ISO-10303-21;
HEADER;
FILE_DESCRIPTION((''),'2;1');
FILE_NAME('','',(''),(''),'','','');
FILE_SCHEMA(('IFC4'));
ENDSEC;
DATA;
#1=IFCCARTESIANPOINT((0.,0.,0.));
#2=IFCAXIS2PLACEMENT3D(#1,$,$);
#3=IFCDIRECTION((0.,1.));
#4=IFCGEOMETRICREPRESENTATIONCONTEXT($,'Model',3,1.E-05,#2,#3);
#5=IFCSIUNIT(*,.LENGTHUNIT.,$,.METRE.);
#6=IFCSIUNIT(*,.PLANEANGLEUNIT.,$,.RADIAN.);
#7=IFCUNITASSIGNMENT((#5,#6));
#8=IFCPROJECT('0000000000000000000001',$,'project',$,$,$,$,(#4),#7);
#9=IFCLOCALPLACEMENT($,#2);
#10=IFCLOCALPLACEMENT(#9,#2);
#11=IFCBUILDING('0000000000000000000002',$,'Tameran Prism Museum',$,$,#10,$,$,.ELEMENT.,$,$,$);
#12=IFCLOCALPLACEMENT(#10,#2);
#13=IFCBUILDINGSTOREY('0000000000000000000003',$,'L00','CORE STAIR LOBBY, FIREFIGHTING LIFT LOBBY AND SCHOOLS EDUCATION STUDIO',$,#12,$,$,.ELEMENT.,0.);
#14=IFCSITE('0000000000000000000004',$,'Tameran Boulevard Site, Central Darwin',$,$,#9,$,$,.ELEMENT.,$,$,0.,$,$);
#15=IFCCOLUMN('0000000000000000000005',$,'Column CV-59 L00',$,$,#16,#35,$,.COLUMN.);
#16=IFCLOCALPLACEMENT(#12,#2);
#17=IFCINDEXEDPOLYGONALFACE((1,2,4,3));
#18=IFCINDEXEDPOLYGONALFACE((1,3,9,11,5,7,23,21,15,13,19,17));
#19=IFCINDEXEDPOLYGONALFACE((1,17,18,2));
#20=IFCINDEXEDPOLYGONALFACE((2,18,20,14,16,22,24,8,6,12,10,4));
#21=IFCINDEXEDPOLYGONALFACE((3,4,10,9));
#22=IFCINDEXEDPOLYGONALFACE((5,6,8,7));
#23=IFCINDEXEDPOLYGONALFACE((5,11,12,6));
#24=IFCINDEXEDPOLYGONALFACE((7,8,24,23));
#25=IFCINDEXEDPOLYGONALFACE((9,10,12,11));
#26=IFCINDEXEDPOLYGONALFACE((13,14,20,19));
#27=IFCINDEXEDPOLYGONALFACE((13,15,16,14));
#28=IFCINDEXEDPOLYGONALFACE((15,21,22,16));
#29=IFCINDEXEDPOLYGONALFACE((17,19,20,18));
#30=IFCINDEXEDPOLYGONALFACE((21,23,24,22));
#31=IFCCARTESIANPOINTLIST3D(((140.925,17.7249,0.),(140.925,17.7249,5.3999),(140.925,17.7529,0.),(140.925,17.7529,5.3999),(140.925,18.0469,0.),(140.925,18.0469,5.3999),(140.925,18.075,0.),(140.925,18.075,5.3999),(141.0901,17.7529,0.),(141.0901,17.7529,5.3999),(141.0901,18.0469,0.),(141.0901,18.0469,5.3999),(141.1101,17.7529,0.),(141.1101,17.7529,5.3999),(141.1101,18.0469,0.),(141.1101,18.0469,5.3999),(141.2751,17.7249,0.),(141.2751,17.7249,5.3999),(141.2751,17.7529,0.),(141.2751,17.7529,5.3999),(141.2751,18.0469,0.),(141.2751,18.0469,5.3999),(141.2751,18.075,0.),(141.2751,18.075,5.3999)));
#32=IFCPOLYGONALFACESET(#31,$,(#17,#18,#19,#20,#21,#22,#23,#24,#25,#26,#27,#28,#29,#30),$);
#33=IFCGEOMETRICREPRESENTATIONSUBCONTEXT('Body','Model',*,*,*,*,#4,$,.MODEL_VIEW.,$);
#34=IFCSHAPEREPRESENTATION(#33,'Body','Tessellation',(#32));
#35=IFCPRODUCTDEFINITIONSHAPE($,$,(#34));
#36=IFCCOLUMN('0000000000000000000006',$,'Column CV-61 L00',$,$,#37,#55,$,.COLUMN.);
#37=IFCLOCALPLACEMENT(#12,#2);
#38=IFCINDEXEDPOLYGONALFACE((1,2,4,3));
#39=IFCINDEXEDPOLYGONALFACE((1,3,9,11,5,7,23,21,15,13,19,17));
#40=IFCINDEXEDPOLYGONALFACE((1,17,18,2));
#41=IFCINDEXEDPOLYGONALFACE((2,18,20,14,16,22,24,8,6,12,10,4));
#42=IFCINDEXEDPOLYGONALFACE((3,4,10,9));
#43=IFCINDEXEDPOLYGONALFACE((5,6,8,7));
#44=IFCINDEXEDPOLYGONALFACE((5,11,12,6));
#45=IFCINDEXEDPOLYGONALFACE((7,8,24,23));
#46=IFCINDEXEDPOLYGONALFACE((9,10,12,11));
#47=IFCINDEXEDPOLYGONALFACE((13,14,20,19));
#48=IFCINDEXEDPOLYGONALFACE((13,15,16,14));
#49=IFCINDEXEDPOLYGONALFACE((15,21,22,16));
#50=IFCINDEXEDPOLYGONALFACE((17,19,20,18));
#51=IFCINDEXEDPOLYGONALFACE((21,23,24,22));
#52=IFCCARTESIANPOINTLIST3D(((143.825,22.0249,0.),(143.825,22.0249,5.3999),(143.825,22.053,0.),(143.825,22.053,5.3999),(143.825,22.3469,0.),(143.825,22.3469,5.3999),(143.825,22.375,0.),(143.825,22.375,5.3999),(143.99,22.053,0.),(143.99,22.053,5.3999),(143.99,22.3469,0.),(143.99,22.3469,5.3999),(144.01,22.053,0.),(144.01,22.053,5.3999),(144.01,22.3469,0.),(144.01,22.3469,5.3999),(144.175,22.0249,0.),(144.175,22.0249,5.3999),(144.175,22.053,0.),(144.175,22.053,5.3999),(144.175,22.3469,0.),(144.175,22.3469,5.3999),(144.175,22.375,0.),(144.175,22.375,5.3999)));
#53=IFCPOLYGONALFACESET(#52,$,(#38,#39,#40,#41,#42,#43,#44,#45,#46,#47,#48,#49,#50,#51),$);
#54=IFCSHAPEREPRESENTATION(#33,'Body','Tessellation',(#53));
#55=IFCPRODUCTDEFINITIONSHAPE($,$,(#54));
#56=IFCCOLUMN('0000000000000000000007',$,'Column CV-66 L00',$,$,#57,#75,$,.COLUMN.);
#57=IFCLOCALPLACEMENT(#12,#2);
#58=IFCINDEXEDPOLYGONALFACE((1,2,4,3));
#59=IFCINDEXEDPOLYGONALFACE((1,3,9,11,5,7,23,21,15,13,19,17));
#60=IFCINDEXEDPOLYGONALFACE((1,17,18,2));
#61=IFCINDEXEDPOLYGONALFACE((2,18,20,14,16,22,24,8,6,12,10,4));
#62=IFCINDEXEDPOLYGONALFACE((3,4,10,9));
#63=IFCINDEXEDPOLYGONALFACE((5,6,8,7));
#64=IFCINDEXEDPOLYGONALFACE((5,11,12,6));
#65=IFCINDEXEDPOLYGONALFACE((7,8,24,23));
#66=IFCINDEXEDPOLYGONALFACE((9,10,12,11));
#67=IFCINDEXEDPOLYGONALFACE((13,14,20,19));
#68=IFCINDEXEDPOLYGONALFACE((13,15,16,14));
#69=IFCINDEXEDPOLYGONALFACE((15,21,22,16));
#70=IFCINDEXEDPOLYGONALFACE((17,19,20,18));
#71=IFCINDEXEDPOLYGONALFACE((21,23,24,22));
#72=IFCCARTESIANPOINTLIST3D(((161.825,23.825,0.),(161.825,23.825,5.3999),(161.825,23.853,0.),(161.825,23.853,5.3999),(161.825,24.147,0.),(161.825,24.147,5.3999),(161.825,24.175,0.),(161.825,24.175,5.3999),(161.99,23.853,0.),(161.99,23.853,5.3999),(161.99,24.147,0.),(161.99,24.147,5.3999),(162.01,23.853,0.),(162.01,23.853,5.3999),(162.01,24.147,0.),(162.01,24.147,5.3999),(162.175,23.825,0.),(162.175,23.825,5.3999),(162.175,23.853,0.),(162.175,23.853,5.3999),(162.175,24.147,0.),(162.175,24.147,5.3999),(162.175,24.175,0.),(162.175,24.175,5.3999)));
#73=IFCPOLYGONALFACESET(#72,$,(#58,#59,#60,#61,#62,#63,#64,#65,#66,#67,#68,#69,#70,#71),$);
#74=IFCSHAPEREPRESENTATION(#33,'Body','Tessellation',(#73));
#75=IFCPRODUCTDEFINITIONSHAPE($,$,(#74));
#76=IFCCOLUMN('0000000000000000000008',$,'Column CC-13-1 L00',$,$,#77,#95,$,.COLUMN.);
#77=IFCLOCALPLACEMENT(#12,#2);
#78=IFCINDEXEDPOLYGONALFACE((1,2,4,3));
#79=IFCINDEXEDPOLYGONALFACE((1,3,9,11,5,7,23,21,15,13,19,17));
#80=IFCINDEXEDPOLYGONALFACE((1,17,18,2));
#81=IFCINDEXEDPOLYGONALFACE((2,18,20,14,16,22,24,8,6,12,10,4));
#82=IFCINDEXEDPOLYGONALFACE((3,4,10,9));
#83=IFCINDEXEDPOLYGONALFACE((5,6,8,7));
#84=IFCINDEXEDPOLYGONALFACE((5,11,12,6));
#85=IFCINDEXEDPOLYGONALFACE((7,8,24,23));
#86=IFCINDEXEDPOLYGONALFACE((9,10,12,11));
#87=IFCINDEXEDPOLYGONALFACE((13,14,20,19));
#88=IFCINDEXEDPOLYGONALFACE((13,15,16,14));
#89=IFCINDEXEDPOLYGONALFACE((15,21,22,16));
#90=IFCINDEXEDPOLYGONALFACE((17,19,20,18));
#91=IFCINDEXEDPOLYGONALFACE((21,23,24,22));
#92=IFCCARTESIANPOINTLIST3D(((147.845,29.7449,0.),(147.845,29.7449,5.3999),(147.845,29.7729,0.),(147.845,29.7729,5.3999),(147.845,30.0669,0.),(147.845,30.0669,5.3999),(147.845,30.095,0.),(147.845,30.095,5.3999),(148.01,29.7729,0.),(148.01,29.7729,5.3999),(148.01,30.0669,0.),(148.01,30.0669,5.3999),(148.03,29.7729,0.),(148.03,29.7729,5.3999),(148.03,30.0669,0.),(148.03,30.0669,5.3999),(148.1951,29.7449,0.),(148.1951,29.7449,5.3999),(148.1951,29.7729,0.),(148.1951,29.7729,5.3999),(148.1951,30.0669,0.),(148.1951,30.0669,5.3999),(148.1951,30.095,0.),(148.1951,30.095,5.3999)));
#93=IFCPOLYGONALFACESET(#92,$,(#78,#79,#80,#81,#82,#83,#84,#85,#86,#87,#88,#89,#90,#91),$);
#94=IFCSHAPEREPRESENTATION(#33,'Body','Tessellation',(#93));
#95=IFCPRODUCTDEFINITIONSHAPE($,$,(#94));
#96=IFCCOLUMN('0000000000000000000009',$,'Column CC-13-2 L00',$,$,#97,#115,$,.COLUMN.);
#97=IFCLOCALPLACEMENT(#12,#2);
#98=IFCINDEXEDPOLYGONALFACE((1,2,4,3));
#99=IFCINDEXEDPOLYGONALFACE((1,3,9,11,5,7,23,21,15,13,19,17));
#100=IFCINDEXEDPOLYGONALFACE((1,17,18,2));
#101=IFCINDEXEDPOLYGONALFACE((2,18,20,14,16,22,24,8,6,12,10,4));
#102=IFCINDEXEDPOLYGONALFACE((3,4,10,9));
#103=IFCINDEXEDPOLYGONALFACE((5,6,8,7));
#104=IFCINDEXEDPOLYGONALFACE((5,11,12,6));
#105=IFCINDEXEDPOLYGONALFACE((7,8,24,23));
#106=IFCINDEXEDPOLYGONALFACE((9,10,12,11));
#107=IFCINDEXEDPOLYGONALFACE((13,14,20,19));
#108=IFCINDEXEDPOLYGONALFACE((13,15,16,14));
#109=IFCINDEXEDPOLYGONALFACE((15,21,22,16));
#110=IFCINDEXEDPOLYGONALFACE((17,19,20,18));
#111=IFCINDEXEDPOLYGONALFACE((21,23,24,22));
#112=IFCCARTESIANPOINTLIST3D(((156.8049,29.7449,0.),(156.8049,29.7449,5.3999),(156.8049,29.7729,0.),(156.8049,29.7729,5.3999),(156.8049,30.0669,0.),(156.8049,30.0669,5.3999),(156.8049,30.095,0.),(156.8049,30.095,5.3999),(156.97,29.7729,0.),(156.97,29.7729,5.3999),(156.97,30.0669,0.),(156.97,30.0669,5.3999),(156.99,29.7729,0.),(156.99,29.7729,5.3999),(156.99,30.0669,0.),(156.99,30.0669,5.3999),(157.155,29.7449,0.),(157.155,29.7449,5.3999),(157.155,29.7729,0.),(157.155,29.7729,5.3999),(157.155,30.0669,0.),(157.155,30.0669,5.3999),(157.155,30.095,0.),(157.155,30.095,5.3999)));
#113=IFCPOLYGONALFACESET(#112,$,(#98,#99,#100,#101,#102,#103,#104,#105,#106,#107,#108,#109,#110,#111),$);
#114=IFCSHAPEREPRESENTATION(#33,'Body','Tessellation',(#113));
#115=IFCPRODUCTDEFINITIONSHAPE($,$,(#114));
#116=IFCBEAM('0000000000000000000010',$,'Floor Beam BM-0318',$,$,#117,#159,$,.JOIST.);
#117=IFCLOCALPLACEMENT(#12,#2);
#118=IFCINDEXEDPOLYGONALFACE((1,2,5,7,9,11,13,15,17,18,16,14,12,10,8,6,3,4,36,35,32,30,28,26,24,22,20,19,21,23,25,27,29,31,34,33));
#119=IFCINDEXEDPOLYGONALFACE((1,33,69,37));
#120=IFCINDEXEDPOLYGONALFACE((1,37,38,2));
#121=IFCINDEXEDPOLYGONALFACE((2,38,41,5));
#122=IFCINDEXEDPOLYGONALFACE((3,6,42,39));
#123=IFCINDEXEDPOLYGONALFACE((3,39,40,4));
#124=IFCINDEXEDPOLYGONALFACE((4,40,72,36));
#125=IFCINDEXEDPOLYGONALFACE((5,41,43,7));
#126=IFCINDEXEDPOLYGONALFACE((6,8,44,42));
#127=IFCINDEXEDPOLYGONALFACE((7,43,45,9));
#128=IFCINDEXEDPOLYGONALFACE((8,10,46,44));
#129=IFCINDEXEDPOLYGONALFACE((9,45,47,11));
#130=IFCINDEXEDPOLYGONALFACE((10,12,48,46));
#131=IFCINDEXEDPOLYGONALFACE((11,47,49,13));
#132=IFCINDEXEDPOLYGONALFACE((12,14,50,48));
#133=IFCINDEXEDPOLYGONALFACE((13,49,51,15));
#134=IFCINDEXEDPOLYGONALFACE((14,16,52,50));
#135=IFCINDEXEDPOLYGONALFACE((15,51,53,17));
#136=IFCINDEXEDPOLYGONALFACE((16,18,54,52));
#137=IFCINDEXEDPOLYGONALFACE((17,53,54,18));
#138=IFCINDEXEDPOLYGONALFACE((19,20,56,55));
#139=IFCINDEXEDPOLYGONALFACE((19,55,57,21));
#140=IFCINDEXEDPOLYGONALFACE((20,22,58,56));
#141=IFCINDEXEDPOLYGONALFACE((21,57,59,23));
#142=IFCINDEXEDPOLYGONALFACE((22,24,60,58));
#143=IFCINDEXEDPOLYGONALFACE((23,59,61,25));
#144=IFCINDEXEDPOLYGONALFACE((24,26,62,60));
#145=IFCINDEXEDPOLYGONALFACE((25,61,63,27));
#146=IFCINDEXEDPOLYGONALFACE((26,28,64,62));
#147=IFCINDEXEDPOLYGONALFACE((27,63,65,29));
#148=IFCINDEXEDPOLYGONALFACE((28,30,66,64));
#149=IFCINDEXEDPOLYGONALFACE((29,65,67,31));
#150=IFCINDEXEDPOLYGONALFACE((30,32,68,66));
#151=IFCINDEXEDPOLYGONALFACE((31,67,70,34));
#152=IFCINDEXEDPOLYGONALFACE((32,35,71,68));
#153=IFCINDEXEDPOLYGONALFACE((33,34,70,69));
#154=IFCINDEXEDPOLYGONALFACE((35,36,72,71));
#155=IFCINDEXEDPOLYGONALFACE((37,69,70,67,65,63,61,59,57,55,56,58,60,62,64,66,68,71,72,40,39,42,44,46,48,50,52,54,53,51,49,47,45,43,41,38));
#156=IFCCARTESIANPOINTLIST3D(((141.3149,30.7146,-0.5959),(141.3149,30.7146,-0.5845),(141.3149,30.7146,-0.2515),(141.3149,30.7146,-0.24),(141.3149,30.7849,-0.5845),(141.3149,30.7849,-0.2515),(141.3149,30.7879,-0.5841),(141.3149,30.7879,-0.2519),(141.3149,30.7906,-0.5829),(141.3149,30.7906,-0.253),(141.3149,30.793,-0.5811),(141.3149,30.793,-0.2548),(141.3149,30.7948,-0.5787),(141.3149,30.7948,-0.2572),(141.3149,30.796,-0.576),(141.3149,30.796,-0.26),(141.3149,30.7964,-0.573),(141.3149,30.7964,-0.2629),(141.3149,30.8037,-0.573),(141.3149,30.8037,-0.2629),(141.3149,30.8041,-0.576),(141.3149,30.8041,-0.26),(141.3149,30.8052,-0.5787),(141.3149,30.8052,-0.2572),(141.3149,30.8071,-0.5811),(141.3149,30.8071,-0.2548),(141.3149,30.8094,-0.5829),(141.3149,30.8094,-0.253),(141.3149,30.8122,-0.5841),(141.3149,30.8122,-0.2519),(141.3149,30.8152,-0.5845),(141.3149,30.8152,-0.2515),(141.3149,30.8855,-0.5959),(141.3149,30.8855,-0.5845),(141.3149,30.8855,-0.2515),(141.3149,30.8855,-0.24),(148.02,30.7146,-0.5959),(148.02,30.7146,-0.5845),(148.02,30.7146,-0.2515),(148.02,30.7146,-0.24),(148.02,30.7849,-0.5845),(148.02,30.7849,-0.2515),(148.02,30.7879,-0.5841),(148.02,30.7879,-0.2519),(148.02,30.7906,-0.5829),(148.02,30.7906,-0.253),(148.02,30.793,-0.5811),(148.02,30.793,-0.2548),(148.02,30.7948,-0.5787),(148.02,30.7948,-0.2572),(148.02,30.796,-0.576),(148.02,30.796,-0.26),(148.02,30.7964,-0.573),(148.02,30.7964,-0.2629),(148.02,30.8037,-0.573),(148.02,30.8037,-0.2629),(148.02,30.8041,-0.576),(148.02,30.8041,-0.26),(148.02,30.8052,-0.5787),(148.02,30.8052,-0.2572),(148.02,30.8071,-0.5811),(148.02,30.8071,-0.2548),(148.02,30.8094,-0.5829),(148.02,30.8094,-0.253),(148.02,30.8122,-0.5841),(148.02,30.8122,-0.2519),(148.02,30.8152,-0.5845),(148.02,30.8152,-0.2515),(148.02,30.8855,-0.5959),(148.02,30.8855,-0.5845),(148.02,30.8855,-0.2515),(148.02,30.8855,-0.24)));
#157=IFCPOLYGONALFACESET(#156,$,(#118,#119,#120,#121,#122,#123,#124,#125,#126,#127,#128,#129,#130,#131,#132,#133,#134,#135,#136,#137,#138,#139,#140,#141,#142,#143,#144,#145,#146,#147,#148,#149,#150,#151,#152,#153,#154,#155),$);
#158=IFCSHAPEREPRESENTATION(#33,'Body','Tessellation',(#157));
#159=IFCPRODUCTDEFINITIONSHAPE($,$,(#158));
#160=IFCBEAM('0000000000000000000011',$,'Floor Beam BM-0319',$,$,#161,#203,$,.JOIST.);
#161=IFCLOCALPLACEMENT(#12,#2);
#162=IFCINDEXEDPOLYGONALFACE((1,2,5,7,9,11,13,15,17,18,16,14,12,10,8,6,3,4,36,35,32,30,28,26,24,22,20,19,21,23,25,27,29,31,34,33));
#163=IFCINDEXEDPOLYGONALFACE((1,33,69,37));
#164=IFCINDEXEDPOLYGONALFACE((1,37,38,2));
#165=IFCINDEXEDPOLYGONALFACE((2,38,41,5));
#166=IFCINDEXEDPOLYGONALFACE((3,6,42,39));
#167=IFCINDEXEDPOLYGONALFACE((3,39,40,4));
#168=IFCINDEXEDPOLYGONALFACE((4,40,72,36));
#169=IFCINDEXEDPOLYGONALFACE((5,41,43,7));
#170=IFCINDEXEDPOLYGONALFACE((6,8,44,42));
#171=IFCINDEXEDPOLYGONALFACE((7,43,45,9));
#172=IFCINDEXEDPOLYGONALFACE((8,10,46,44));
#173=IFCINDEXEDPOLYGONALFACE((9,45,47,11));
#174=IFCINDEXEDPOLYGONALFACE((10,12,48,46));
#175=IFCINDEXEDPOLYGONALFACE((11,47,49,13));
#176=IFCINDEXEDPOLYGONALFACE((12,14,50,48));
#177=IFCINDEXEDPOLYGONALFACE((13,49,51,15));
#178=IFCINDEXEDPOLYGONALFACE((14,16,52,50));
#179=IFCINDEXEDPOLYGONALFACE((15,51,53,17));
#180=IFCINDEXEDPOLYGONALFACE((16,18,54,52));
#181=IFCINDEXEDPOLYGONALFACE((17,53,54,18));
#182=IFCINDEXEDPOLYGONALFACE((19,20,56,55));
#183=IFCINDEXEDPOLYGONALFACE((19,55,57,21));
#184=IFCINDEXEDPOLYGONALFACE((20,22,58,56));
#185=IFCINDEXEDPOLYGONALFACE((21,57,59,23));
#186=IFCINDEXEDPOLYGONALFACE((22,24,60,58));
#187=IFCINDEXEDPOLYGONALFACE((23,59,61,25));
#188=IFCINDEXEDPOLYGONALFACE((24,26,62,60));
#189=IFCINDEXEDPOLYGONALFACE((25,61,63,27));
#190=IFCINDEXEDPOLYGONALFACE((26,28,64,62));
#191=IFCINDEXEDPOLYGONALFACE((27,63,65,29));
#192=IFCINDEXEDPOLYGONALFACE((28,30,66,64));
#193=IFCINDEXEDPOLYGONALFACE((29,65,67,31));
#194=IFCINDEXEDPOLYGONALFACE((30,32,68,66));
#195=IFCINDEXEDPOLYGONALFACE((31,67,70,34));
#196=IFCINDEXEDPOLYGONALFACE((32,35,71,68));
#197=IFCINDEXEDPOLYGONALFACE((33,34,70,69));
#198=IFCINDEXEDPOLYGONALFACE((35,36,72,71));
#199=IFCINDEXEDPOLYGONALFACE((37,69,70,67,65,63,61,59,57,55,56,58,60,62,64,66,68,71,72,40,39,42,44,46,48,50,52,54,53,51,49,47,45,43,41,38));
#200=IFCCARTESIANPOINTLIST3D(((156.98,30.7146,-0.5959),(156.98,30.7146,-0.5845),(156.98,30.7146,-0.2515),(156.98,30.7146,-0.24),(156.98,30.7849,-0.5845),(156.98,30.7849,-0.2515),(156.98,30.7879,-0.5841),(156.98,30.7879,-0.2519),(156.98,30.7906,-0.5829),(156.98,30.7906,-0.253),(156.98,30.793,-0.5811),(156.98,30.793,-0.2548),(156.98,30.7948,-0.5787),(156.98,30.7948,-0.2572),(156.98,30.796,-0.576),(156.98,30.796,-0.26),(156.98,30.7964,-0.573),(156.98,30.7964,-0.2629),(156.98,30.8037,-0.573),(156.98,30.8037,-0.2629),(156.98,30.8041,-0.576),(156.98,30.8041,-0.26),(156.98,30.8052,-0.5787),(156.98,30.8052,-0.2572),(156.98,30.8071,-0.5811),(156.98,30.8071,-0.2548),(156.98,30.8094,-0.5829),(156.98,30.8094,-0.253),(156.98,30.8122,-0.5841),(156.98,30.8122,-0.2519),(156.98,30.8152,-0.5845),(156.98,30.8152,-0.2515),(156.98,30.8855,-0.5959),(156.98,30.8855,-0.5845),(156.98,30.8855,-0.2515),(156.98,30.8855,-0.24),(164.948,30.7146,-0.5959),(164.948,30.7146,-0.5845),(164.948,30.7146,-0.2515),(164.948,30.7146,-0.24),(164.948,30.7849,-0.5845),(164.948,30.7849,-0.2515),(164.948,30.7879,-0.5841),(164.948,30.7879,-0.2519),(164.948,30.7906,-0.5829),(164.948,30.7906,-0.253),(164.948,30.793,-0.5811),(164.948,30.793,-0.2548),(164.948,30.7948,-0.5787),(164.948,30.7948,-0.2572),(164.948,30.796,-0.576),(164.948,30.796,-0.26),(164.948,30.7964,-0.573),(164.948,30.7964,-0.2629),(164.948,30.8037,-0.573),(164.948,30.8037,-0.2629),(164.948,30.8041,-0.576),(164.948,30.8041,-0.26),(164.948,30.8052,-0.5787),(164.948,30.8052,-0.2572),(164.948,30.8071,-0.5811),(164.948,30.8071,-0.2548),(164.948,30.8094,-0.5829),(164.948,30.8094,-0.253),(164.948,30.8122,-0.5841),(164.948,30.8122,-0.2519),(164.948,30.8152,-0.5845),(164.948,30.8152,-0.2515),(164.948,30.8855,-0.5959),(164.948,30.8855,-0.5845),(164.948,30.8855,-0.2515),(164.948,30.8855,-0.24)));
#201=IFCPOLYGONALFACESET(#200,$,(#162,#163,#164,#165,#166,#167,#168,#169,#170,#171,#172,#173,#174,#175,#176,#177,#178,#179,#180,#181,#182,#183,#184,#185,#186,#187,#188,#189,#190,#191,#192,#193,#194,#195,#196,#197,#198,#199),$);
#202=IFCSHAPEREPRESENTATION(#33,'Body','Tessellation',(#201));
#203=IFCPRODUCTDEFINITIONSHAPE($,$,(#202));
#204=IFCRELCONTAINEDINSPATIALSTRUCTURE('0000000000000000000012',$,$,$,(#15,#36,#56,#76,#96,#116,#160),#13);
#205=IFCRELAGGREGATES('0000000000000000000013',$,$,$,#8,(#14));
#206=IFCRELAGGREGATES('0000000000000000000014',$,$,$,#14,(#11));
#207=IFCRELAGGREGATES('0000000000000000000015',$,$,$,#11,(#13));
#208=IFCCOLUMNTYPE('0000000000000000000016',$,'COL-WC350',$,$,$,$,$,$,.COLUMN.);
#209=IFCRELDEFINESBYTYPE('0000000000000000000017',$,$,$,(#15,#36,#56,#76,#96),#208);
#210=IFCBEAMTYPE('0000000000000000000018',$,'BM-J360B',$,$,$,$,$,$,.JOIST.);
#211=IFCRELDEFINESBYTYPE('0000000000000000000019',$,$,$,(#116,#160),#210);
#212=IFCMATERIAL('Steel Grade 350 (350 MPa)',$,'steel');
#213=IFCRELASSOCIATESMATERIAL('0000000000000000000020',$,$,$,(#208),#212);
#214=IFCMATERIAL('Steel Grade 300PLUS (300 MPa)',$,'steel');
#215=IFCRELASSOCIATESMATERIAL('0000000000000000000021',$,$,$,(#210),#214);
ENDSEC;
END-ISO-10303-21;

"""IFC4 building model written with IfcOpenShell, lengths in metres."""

from ifc_helpers import new_model, si_unit, direction, frame, origin, origin_2d, place, context, subcontext, project, spatial, i_section, extrude, material, material_profile, profile_set, type_object, element, save


model = new_model("IFC4")

# Units and contexts
model_context = context("Model", 3, precision=1e-05, world=origin(), true_north=direction((0.0, 1.0)))
body_context = subcontext(model_context, "Body", "Model", "MODEL_VIEW")
ifc_project = project(units=[si_unit("LENGTHUNIT", "METRE"), si_unit("PLANEANGLEUNIT", "RADIAN")], contexts=[model_context])

# Site, building, storey
site_placement = place(None, origin())
site = spatial("IfcSite", under=ifc_project, at=site_placement, Name="Tameran Boulevard Site, Central Darwin", CompositionType="ELEMENT", RefElevation=0.0)
building_placement = place(site_placement, origin())
building = spatial("IfcBuilding", under=site, at=building_placement, Name="Tameran Prism Museum", CompositionType="ELEMENT")
storey_placement = place(building_placement, origin())
storey = spatial("IfcBuildingStorey", under=building, at=storey_placement, Name="L00", Description="CORE STAIR LOBBY, FIREFIGHTING LIFT LOBBY AND SCHOOLS EDUCATION STUDIO", CompositionType="ELEMENT", Elevation=0.0)

# Columns
ifc_material_1 = material(Name="Steel Grade 350 (350 MPa)", Category="steel")
ifc_material_profile_1 = material_profile(ifc_material_1, i_section(OverallWidth=0.3501, OverallDepth=0.3501, WebThickness=0.02, FlangeThickness=0.0281, at=origin_2d()))
ifc_profile_set_1 = profile_set([ifc_material_profile_1])
column_type = type_object("IfcColumnType", Name="COL-WC350", PredefinedType="COLUMN", material=ifc_profile_set_1)
for number, where, z_axis, x_axis, name in (
    (1, (141.1001, 17.8999, 0.0), (0.0, 0.0, 1.0), (1.0, 0.0, 0.0), "Column CV-59 L00"),
    (2, (144.0, 22.2, 0.0), (0.0, 0.0, 1.0), (1.0, 0.0, 0.0), "Column CV-61 L00"),
    (3, (162.0, 24.0, 0.0), (0.0, 0.0, 1.0), (1.0, 0.0, 0.0), "Column CV-66 L00"),
    (4, (148.02, 29.9199, 0.0), (0.0, 0.0, 1.0), (1.0, 0.0, 0.0), "Column CC-13-1 L00"),
    (5, (156.98, 29.9199, 0.0), (0.0, 0.0, 1.0), (1.0, 0.0, 0.0), "Column CC-13-2 L00"),
):
    element("IfcColumn", number, at=place(storey_placement, frame(where, z_axis=z_axis, x_axis=x_axis)), inside=storey, type_object=column_type, Name=name, PredefinedType="COLUMN", context=body_context, shape_type="SweptSolid", body=[
        extrude(i_section(OverallWidth=0.3501, OverallDepth=0.3501, WebThickness=0.02, FlangeThickness=0.0281, at=origin_2d()), origin(), (0.0, 0.0, 1.0), 5.3999),
    ])

# Beams
ifc_material_2 = material(Name="Steel Grade 300PLUS (300 MPa)", Category="steel")
ifc_material_profile_2 = material_profile(ifc_material_2, i_section(OverallWidth=0.1709, OverallDepth=0.356, WebThickness=0.0073, FlangeThickness=0.0115, FilletRadius=0.0115, at=origin_2d()))
ifc_profile_set_2 = profile_set([ifc_material_profile_2])
beam_type_1 = type_object("IfcBeamType", Name="BM-J360B", PredefinedType="JOIST", material=ifc_profile_set_2)
beam_1_placement = place(storey_placement, frame((141.3149, 30.8, -0.418), z_axis=(1.0, 0.0, 0.0), x_axis=(0.0, 1.0, 0.0)))
element("IfcBeam", 6, at=beam_1_placement, inside=storey, type_object=beam_type_1, Name="Floor Beam BM-0318", PredefinedType="JOIST", context=body_context, shape_type="SweptSolid", body=[
    extrude(i_section(OverallWidth=0.1709, OverallDepth=0.356, WebThickness=0.0073, FlangeThickness=0.0115, FilletRadius=0.0115, at=origin_2d()), origin(), (0.0, 0.0, 1.0), 6.7051),
])
beam_2_placement = place(storey_placement, frame((156.98, 30.8, -0.418), z_axis=(1.0, 0.0, 0.0), x_axis=(0.0, 1.0, 0.0)))
element("IfcBeam", 7, at=beam_2_placement, inside=storey, type_object=beam_type_1, Name="Floor Beam BM-0319", PredefinedType="JOIST", context=body_context, shape_type="SweptSolid", body=[
    extrude(i_section(OverallWidth=0.1709, OverallDepth=0.356, WebThickness=0.0073, FlangeThickness=0.0115, FilletRadius=0.0115, at=origin_2d()), origin(), (0.0, 0.0, 1.0), 7.968),
])

save(model, "model.ifc")
